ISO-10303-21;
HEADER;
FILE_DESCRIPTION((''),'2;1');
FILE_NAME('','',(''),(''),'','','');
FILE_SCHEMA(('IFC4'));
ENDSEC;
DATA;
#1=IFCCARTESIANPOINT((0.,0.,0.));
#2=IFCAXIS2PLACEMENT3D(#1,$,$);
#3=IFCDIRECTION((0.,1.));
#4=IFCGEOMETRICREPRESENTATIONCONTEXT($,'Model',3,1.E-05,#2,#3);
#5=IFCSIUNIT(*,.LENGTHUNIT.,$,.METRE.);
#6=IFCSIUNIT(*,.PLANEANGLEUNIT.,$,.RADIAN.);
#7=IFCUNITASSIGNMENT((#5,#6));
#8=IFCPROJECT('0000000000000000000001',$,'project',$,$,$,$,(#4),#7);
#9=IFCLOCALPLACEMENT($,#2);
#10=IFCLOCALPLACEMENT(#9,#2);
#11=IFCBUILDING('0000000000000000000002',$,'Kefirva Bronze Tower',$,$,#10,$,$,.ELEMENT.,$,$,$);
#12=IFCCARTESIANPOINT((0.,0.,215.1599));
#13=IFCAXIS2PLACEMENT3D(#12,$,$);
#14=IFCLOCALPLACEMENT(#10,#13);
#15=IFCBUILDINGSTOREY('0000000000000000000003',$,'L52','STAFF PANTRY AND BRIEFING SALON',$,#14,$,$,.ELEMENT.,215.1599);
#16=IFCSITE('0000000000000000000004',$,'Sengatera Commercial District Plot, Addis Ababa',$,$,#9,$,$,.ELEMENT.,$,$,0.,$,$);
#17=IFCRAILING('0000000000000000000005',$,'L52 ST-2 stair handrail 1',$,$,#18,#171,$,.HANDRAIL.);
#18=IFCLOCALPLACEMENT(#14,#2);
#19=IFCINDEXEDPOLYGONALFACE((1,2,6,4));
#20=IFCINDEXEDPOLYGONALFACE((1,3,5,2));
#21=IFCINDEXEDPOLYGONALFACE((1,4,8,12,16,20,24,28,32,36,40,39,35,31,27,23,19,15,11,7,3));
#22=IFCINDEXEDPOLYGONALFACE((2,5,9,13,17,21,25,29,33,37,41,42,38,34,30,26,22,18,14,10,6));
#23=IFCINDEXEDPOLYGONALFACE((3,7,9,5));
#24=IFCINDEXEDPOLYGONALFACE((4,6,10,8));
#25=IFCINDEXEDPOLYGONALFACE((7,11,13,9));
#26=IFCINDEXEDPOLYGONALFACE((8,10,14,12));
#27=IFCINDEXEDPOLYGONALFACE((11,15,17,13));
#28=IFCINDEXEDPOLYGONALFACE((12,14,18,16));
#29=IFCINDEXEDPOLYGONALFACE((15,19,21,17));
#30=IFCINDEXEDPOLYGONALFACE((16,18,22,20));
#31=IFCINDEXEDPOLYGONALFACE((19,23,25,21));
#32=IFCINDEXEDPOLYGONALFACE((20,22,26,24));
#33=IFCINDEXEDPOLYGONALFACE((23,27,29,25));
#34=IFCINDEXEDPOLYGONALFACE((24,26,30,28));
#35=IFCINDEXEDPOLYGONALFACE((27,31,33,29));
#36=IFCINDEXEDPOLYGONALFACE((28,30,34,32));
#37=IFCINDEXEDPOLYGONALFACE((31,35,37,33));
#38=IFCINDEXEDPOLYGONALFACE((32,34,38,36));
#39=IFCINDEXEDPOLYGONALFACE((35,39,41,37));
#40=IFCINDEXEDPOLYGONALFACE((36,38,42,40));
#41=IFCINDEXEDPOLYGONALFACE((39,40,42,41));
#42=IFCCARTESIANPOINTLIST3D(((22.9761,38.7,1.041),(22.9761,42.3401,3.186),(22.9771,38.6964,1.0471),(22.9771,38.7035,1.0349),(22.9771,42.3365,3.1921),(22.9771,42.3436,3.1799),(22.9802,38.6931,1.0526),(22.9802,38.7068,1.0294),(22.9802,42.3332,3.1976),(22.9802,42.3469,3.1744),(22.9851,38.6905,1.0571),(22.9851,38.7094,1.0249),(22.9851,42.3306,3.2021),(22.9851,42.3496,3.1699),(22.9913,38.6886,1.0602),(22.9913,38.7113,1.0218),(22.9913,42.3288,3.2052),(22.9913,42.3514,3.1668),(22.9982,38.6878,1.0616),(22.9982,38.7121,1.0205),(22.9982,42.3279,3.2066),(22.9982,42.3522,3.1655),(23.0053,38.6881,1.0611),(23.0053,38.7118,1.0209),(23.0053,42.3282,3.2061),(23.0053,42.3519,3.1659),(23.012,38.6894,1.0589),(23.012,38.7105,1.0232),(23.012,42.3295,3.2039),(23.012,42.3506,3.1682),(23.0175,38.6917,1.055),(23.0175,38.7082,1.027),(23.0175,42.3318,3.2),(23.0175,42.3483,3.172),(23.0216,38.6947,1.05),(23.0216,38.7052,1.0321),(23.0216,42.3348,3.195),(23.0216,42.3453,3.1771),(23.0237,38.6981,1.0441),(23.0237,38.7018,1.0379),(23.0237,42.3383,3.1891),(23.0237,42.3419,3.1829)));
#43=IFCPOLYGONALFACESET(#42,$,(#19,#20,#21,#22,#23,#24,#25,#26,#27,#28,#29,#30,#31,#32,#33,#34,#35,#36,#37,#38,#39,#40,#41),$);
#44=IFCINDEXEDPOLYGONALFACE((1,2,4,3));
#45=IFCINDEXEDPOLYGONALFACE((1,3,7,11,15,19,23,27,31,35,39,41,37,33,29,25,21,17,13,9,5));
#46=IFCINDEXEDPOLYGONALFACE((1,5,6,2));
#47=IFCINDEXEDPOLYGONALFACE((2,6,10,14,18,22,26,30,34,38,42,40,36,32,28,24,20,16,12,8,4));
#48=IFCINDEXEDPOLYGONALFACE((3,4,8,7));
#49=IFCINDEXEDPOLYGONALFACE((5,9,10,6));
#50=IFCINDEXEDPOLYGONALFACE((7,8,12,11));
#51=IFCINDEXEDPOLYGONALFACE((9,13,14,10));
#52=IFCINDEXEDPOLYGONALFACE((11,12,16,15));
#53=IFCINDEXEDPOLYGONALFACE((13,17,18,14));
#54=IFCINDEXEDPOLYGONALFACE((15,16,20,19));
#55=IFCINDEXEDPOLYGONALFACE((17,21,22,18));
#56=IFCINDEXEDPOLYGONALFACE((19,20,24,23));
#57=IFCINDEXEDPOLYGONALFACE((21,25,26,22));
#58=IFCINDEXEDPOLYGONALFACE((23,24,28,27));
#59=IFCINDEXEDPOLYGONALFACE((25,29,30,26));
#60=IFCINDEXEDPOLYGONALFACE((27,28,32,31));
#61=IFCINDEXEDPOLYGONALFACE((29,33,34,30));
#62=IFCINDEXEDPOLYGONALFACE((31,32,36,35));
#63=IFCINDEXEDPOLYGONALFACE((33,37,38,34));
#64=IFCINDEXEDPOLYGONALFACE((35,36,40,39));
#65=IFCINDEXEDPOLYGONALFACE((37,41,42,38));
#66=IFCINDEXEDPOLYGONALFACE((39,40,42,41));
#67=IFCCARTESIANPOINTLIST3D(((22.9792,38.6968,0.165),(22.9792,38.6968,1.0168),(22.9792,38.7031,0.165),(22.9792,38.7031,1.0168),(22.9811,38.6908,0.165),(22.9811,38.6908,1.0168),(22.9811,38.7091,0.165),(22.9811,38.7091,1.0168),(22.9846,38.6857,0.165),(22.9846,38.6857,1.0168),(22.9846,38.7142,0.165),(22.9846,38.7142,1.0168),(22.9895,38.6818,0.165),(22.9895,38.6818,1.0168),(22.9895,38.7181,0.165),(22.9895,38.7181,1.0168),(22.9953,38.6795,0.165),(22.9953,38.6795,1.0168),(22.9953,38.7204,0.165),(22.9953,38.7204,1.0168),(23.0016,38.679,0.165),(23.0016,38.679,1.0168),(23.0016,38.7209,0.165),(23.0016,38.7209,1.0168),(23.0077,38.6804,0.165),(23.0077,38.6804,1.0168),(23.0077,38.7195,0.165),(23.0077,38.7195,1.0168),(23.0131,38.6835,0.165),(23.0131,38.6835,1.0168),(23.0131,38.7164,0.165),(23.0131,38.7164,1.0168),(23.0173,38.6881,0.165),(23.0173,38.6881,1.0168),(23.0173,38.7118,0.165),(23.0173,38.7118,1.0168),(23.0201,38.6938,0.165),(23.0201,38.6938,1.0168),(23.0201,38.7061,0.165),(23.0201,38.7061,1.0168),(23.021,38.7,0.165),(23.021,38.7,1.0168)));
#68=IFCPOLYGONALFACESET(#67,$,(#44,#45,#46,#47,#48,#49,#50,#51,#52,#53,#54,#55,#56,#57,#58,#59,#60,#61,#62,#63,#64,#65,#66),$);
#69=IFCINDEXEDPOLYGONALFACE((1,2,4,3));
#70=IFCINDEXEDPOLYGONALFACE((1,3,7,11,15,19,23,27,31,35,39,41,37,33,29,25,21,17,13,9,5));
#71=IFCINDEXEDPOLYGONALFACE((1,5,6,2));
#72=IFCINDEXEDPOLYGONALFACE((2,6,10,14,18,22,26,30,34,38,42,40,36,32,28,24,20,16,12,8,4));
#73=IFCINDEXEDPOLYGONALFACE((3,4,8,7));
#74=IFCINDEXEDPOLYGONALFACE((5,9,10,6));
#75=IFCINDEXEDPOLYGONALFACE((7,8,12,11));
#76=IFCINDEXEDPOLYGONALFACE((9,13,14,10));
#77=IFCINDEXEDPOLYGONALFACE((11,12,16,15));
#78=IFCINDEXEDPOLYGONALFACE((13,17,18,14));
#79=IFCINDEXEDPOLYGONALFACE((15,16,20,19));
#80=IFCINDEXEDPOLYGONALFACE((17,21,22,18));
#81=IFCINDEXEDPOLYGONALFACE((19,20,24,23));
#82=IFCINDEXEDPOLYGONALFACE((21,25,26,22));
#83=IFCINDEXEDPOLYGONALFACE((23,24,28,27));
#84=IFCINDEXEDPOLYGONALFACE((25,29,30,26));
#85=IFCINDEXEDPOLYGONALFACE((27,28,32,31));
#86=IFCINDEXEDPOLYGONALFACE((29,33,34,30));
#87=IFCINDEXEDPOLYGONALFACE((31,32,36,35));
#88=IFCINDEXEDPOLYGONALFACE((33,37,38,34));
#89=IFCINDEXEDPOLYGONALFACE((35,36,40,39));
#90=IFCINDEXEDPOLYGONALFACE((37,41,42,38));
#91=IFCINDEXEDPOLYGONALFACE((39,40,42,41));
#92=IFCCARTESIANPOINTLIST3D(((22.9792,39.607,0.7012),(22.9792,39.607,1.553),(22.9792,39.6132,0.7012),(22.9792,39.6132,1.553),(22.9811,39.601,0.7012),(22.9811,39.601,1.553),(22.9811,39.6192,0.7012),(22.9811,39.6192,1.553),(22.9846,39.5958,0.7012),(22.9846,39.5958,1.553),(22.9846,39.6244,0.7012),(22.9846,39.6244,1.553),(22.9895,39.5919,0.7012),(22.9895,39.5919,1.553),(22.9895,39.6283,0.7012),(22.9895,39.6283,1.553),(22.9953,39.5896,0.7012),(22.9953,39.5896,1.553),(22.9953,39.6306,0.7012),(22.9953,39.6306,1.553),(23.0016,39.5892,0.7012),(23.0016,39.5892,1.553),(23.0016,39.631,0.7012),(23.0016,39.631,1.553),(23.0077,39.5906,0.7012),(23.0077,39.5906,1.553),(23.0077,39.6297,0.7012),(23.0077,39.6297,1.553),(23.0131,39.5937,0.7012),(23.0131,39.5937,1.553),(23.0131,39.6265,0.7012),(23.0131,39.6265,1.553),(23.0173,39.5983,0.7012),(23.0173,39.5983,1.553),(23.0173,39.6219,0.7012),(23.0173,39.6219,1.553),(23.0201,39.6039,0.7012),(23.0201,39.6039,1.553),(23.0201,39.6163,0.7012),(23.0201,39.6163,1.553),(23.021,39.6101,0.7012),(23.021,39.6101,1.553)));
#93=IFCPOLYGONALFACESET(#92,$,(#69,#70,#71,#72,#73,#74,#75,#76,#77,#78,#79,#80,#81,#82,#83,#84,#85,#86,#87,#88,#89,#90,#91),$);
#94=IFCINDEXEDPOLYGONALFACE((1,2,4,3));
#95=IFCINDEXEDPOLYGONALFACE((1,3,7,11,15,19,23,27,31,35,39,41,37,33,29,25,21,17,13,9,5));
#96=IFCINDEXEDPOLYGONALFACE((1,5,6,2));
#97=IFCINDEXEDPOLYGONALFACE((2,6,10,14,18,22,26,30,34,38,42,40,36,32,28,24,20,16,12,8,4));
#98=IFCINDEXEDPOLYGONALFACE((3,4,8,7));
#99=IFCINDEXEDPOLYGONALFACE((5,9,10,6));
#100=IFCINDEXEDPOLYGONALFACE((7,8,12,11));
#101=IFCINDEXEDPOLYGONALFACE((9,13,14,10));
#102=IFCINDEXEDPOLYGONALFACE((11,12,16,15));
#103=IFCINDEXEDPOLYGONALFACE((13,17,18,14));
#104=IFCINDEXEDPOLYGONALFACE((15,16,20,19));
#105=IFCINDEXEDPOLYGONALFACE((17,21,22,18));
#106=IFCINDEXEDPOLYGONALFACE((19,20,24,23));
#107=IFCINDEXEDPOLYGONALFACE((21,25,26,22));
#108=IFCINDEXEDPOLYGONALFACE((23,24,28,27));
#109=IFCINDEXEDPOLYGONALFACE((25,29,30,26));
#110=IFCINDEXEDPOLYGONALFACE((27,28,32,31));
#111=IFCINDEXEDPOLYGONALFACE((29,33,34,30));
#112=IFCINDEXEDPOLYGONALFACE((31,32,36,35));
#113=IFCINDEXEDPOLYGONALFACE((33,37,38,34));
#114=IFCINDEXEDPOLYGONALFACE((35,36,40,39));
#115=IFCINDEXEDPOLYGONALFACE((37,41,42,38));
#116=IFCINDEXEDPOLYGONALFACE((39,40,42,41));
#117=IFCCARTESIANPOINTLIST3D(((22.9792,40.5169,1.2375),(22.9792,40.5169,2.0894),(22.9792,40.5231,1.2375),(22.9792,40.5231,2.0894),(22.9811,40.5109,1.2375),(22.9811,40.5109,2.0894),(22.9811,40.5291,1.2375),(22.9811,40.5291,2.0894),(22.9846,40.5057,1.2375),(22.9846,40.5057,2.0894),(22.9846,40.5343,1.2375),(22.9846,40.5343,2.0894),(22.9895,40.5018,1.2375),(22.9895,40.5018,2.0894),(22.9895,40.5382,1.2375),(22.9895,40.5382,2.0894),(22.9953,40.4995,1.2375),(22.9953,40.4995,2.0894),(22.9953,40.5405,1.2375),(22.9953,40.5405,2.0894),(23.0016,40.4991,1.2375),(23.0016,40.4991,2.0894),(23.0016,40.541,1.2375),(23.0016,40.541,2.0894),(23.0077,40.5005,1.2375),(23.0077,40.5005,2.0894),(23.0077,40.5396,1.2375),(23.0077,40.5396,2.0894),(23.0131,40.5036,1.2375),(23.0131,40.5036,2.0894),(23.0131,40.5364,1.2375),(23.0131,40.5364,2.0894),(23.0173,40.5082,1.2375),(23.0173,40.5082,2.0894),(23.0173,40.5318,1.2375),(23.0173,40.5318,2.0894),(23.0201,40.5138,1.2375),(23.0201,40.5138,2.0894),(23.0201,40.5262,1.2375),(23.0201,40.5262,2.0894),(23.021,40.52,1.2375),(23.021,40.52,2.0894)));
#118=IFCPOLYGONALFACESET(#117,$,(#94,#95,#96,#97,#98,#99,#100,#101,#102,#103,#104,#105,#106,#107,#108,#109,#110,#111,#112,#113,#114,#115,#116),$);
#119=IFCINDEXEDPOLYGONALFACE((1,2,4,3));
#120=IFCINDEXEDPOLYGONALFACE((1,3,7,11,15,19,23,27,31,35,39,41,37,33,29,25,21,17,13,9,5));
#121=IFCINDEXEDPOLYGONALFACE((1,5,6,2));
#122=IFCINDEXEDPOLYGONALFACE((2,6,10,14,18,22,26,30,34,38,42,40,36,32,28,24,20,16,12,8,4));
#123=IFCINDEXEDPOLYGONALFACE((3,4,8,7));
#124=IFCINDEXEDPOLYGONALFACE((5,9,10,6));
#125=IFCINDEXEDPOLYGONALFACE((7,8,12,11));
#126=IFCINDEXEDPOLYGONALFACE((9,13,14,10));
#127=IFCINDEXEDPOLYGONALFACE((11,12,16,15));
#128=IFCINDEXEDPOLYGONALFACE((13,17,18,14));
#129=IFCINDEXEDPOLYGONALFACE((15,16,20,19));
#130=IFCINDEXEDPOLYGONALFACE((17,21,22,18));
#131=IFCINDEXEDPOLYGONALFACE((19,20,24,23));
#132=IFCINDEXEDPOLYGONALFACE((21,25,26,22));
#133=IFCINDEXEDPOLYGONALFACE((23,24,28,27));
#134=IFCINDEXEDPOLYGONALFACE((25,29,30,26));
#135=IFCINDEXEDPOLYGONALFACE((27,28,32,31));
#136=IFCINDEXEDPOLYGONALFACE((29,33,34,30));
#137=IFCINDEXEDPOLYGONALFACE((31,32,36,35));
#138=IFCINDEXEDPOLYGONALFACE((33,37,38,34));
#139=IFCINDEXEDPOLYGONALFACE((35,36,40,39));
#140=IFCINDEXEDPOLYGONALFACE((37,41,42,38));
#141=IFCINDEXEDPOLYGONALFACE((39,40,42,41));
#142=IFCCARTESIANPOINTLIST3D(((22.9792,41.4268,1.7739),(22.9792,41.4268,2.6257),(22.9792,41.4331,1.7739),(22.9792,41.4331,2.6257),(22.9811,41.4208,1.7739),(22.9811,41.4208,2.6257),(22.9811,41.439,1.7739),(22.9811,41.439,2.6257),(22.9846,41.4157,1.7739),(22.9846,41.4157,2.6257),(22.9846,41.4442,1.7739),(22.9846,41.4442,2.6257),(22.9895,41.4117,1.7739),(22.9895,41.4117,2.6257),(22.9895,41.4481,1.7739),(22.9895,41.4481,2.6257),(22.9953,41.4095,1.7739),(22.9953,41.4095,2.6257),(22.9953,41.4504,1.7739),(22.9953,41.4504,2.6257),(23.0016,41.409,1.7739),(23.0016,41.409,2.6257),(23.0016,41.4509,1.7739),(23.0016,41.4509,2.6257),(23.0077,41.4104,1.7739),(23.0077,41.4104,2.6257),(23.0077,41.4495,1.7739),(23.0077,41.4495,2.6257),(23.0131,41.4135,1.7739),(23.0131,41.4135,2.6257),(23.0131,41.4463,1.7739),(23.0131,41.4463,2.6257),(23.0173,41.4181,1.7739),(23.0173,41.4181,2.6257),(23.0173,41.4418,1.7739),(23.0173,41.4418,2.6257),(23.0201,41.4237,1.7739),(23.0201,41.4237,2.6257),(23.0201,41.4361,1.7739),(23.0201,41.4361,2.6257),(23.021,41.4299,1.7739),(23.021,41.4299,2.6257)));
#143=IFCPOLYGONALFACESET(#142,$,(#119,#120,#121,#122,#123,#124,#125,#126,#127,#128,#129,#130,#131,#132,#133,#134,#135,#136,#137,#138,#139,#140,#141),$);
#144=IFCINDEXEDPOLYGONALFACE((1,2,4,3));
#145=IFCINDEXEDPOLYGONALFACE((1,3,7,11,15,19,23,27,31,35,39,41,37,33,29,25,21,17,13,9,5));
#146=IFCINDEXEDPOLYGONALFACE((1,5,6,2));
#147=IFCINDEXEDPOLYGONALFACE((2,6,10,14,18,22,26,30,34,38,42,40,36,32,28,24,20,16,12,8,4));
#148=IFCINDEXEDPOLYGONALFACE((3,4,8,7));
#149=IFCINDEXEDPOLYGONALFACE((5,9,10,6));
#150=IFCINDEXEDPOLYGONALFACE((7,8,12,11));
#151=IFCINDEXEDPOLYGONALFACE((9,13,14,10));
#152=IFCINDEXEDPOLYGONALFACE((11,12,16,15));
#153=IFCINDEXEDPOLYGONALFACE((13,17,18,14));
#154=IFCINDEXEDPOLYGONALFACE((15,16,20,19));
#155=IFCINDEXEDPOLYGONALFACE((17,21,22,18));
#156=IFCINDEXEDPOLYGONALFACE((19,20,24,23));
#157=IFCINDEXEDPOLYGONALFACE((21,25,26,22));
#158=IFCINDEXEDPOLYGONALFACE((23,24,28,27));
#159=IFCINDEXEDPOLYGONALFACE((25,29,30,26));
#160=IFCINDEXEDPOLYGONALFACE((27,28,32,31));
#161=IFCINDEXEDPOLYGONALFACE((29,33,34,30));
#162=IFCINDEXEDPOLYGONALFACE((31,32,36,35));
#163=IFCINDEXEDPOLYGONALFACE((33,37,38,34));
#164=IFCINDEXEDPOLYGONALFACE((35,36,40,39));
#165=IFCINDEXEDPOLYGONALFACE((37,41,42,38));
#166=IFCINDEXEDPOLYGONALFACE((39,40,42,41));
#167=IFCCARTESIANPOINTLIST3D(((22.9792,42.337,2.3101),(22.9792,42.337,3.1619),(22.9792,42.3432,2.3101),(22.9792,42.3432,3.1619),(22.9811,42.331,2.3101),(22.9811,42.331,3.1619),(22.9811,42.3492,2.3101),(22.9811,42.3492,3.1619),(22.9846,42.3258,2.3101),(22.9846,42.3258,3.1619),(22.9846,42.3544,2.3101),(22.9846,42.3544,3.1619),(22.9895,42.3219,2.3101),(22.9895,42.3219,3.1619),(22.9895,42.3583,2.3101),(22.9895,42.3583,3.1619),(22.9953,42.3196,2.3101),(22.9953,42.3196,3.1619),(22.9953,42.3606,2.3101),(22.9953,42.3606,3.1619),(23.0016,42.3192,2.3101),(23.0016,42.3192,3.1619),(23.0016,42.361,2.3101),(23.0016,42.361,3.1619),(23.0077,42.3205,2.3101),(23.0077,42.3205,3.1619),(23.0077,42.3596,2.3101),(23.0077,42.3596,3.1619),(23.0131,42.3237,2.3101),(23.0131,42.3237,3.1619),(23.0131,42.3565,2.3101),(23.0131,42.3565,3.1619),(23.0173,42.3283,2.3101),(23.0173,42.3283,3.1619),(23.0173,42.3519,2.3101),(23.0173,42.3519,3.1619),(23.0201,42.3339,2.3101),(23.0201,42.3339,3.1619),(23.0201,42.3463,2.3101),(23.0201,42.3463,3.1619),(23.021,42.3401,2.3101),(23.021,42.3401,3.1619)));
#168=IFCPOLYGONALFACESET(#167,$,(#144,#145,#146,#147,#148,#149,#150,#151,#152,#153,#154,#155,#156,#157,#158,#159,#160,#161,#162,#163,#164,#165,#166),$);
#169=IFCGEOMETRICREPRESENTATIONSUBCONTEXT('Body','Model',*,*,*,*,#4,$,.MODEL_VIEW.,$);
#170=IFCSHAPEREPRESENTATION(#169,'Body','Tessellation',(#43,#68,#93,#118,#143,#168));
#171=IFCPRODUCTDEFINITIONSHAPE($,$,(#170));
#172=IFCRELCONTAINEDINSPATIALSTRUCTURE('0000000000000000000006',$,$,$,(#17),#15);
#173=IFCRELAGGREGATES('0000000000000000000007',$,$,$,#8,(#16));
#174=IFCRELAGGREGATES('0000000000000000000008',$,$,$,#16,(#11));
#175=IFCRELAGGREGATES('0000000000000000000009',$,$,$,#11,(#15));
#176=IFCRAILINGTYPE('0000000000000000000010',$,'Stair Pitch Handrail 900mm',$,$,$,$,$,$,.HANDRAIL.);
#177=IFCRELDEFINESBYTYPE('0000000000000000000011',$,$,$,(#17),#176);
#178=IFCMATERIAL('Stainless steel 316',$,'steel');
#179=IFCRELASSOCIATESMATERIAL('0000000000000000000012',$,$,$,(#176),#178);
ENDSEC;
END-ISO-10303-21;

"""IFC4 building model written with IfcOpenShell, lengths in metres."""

from ifc_helpers import new_model, si_unit, direction, frame, origin, origin_2d, place, context, subcontext, project, spatial, circle, extrude, material, type_object, element, save


model = new_model("IFC4")

# Units and contexts
model_context = context("Model", 3, precision=1e-05, world=origin(), true_north=direction((0.0, 1.0)))
body_context = subcontext(model_context, "Body", "Model", "MODEL_VIEW")
ifc_project = project(units=[si_unit("LENGTHUNIT", "METRE"), si_unit("PLANEANGLEUNIT", "RADIAN")], contexts=[model_context])

# Site, building, storey
site_placement = place(None, origin())
site = spatial("IfcSite", under=ifc_project, at=site_placement, Name="Sengatera Commercial District Plot, Addis Ababa", CompositionType="ELEMENT", RefElevation=0.0)
building_placement = place(site_placement, origin())
building = spatial("IfcBuilding", under=site, at=building_placement, Name="Kefirva Bronze Tower", CompositionType="ELEMENT")
storey_placement = place(building_placement, frame((0.0, 0.0, 215.1599)))
storey = spatial("IfcBuildingStorey", under=building, at=storey_placement, Name="L52", Description="STAFF PANTRY AND BRIEFING SALON", CompositionType="ELEMENT", Elevation=215.1599)

# Shared definitions
ifc_material_1 = material(Name="Stainless steel 316", Category="steel")

# Railing
railing_type_1 = type_object("IfcRailingType", Name="Stair Pitch Handrail 900mm", PredefinedType="HANDRAIL", material=ifc_material_1)
railing_1_placement = place(storey_placement, frame((23.0, 38.7, 0.165)))
element("IfcRailing", 1, at=railing_1_placement, inside=storey, type_object=railing_type_1, Name="L52 ST-2 stair handrail 1", PredefinedType="HANDRAIL", context=body_context, shape_type="SweptSolid", body=[
    extrude(circle(Radius=0.0239, at=origin_2d()), frame((0.0, 0.0, 0.876), z_axis=(0.0, 0.861545, 0.507682), x_axis=(-1.0, 0.0, 0.0)), (0.0, 0.0, 1.0), 4.2251),
    extrude(circle(Radius=0.021, at=origin_2d()), origin(), (0.0, 0.0, 1.0), 0.8518),
    extrude(circle(Radius=0.021, at=origin_2d()), frame((0.0, 0.9102, 0.5361)), (0.0, 0.0, 1.0), 0.8518),
    extrude(circle(Radius=0.021, at=origin_2d()), frame((0.0, 1.8201, 1.0725)), (0.0, 0.0, 1.0), 0.8518),
    extrude(circle(Radius=0.021, at=origin_2d()), frame((0.0, 2.73, 1.6089)), (0.0, 0.0, 1.0), 0.8518),
    extrude(circle(Radius=0.021, at=origin_2d()), frame((0.0, 3.6401, 2.145)), (0.0, 0.0, 1.0), 0.8518),
])

save(model, "model.ifc")
